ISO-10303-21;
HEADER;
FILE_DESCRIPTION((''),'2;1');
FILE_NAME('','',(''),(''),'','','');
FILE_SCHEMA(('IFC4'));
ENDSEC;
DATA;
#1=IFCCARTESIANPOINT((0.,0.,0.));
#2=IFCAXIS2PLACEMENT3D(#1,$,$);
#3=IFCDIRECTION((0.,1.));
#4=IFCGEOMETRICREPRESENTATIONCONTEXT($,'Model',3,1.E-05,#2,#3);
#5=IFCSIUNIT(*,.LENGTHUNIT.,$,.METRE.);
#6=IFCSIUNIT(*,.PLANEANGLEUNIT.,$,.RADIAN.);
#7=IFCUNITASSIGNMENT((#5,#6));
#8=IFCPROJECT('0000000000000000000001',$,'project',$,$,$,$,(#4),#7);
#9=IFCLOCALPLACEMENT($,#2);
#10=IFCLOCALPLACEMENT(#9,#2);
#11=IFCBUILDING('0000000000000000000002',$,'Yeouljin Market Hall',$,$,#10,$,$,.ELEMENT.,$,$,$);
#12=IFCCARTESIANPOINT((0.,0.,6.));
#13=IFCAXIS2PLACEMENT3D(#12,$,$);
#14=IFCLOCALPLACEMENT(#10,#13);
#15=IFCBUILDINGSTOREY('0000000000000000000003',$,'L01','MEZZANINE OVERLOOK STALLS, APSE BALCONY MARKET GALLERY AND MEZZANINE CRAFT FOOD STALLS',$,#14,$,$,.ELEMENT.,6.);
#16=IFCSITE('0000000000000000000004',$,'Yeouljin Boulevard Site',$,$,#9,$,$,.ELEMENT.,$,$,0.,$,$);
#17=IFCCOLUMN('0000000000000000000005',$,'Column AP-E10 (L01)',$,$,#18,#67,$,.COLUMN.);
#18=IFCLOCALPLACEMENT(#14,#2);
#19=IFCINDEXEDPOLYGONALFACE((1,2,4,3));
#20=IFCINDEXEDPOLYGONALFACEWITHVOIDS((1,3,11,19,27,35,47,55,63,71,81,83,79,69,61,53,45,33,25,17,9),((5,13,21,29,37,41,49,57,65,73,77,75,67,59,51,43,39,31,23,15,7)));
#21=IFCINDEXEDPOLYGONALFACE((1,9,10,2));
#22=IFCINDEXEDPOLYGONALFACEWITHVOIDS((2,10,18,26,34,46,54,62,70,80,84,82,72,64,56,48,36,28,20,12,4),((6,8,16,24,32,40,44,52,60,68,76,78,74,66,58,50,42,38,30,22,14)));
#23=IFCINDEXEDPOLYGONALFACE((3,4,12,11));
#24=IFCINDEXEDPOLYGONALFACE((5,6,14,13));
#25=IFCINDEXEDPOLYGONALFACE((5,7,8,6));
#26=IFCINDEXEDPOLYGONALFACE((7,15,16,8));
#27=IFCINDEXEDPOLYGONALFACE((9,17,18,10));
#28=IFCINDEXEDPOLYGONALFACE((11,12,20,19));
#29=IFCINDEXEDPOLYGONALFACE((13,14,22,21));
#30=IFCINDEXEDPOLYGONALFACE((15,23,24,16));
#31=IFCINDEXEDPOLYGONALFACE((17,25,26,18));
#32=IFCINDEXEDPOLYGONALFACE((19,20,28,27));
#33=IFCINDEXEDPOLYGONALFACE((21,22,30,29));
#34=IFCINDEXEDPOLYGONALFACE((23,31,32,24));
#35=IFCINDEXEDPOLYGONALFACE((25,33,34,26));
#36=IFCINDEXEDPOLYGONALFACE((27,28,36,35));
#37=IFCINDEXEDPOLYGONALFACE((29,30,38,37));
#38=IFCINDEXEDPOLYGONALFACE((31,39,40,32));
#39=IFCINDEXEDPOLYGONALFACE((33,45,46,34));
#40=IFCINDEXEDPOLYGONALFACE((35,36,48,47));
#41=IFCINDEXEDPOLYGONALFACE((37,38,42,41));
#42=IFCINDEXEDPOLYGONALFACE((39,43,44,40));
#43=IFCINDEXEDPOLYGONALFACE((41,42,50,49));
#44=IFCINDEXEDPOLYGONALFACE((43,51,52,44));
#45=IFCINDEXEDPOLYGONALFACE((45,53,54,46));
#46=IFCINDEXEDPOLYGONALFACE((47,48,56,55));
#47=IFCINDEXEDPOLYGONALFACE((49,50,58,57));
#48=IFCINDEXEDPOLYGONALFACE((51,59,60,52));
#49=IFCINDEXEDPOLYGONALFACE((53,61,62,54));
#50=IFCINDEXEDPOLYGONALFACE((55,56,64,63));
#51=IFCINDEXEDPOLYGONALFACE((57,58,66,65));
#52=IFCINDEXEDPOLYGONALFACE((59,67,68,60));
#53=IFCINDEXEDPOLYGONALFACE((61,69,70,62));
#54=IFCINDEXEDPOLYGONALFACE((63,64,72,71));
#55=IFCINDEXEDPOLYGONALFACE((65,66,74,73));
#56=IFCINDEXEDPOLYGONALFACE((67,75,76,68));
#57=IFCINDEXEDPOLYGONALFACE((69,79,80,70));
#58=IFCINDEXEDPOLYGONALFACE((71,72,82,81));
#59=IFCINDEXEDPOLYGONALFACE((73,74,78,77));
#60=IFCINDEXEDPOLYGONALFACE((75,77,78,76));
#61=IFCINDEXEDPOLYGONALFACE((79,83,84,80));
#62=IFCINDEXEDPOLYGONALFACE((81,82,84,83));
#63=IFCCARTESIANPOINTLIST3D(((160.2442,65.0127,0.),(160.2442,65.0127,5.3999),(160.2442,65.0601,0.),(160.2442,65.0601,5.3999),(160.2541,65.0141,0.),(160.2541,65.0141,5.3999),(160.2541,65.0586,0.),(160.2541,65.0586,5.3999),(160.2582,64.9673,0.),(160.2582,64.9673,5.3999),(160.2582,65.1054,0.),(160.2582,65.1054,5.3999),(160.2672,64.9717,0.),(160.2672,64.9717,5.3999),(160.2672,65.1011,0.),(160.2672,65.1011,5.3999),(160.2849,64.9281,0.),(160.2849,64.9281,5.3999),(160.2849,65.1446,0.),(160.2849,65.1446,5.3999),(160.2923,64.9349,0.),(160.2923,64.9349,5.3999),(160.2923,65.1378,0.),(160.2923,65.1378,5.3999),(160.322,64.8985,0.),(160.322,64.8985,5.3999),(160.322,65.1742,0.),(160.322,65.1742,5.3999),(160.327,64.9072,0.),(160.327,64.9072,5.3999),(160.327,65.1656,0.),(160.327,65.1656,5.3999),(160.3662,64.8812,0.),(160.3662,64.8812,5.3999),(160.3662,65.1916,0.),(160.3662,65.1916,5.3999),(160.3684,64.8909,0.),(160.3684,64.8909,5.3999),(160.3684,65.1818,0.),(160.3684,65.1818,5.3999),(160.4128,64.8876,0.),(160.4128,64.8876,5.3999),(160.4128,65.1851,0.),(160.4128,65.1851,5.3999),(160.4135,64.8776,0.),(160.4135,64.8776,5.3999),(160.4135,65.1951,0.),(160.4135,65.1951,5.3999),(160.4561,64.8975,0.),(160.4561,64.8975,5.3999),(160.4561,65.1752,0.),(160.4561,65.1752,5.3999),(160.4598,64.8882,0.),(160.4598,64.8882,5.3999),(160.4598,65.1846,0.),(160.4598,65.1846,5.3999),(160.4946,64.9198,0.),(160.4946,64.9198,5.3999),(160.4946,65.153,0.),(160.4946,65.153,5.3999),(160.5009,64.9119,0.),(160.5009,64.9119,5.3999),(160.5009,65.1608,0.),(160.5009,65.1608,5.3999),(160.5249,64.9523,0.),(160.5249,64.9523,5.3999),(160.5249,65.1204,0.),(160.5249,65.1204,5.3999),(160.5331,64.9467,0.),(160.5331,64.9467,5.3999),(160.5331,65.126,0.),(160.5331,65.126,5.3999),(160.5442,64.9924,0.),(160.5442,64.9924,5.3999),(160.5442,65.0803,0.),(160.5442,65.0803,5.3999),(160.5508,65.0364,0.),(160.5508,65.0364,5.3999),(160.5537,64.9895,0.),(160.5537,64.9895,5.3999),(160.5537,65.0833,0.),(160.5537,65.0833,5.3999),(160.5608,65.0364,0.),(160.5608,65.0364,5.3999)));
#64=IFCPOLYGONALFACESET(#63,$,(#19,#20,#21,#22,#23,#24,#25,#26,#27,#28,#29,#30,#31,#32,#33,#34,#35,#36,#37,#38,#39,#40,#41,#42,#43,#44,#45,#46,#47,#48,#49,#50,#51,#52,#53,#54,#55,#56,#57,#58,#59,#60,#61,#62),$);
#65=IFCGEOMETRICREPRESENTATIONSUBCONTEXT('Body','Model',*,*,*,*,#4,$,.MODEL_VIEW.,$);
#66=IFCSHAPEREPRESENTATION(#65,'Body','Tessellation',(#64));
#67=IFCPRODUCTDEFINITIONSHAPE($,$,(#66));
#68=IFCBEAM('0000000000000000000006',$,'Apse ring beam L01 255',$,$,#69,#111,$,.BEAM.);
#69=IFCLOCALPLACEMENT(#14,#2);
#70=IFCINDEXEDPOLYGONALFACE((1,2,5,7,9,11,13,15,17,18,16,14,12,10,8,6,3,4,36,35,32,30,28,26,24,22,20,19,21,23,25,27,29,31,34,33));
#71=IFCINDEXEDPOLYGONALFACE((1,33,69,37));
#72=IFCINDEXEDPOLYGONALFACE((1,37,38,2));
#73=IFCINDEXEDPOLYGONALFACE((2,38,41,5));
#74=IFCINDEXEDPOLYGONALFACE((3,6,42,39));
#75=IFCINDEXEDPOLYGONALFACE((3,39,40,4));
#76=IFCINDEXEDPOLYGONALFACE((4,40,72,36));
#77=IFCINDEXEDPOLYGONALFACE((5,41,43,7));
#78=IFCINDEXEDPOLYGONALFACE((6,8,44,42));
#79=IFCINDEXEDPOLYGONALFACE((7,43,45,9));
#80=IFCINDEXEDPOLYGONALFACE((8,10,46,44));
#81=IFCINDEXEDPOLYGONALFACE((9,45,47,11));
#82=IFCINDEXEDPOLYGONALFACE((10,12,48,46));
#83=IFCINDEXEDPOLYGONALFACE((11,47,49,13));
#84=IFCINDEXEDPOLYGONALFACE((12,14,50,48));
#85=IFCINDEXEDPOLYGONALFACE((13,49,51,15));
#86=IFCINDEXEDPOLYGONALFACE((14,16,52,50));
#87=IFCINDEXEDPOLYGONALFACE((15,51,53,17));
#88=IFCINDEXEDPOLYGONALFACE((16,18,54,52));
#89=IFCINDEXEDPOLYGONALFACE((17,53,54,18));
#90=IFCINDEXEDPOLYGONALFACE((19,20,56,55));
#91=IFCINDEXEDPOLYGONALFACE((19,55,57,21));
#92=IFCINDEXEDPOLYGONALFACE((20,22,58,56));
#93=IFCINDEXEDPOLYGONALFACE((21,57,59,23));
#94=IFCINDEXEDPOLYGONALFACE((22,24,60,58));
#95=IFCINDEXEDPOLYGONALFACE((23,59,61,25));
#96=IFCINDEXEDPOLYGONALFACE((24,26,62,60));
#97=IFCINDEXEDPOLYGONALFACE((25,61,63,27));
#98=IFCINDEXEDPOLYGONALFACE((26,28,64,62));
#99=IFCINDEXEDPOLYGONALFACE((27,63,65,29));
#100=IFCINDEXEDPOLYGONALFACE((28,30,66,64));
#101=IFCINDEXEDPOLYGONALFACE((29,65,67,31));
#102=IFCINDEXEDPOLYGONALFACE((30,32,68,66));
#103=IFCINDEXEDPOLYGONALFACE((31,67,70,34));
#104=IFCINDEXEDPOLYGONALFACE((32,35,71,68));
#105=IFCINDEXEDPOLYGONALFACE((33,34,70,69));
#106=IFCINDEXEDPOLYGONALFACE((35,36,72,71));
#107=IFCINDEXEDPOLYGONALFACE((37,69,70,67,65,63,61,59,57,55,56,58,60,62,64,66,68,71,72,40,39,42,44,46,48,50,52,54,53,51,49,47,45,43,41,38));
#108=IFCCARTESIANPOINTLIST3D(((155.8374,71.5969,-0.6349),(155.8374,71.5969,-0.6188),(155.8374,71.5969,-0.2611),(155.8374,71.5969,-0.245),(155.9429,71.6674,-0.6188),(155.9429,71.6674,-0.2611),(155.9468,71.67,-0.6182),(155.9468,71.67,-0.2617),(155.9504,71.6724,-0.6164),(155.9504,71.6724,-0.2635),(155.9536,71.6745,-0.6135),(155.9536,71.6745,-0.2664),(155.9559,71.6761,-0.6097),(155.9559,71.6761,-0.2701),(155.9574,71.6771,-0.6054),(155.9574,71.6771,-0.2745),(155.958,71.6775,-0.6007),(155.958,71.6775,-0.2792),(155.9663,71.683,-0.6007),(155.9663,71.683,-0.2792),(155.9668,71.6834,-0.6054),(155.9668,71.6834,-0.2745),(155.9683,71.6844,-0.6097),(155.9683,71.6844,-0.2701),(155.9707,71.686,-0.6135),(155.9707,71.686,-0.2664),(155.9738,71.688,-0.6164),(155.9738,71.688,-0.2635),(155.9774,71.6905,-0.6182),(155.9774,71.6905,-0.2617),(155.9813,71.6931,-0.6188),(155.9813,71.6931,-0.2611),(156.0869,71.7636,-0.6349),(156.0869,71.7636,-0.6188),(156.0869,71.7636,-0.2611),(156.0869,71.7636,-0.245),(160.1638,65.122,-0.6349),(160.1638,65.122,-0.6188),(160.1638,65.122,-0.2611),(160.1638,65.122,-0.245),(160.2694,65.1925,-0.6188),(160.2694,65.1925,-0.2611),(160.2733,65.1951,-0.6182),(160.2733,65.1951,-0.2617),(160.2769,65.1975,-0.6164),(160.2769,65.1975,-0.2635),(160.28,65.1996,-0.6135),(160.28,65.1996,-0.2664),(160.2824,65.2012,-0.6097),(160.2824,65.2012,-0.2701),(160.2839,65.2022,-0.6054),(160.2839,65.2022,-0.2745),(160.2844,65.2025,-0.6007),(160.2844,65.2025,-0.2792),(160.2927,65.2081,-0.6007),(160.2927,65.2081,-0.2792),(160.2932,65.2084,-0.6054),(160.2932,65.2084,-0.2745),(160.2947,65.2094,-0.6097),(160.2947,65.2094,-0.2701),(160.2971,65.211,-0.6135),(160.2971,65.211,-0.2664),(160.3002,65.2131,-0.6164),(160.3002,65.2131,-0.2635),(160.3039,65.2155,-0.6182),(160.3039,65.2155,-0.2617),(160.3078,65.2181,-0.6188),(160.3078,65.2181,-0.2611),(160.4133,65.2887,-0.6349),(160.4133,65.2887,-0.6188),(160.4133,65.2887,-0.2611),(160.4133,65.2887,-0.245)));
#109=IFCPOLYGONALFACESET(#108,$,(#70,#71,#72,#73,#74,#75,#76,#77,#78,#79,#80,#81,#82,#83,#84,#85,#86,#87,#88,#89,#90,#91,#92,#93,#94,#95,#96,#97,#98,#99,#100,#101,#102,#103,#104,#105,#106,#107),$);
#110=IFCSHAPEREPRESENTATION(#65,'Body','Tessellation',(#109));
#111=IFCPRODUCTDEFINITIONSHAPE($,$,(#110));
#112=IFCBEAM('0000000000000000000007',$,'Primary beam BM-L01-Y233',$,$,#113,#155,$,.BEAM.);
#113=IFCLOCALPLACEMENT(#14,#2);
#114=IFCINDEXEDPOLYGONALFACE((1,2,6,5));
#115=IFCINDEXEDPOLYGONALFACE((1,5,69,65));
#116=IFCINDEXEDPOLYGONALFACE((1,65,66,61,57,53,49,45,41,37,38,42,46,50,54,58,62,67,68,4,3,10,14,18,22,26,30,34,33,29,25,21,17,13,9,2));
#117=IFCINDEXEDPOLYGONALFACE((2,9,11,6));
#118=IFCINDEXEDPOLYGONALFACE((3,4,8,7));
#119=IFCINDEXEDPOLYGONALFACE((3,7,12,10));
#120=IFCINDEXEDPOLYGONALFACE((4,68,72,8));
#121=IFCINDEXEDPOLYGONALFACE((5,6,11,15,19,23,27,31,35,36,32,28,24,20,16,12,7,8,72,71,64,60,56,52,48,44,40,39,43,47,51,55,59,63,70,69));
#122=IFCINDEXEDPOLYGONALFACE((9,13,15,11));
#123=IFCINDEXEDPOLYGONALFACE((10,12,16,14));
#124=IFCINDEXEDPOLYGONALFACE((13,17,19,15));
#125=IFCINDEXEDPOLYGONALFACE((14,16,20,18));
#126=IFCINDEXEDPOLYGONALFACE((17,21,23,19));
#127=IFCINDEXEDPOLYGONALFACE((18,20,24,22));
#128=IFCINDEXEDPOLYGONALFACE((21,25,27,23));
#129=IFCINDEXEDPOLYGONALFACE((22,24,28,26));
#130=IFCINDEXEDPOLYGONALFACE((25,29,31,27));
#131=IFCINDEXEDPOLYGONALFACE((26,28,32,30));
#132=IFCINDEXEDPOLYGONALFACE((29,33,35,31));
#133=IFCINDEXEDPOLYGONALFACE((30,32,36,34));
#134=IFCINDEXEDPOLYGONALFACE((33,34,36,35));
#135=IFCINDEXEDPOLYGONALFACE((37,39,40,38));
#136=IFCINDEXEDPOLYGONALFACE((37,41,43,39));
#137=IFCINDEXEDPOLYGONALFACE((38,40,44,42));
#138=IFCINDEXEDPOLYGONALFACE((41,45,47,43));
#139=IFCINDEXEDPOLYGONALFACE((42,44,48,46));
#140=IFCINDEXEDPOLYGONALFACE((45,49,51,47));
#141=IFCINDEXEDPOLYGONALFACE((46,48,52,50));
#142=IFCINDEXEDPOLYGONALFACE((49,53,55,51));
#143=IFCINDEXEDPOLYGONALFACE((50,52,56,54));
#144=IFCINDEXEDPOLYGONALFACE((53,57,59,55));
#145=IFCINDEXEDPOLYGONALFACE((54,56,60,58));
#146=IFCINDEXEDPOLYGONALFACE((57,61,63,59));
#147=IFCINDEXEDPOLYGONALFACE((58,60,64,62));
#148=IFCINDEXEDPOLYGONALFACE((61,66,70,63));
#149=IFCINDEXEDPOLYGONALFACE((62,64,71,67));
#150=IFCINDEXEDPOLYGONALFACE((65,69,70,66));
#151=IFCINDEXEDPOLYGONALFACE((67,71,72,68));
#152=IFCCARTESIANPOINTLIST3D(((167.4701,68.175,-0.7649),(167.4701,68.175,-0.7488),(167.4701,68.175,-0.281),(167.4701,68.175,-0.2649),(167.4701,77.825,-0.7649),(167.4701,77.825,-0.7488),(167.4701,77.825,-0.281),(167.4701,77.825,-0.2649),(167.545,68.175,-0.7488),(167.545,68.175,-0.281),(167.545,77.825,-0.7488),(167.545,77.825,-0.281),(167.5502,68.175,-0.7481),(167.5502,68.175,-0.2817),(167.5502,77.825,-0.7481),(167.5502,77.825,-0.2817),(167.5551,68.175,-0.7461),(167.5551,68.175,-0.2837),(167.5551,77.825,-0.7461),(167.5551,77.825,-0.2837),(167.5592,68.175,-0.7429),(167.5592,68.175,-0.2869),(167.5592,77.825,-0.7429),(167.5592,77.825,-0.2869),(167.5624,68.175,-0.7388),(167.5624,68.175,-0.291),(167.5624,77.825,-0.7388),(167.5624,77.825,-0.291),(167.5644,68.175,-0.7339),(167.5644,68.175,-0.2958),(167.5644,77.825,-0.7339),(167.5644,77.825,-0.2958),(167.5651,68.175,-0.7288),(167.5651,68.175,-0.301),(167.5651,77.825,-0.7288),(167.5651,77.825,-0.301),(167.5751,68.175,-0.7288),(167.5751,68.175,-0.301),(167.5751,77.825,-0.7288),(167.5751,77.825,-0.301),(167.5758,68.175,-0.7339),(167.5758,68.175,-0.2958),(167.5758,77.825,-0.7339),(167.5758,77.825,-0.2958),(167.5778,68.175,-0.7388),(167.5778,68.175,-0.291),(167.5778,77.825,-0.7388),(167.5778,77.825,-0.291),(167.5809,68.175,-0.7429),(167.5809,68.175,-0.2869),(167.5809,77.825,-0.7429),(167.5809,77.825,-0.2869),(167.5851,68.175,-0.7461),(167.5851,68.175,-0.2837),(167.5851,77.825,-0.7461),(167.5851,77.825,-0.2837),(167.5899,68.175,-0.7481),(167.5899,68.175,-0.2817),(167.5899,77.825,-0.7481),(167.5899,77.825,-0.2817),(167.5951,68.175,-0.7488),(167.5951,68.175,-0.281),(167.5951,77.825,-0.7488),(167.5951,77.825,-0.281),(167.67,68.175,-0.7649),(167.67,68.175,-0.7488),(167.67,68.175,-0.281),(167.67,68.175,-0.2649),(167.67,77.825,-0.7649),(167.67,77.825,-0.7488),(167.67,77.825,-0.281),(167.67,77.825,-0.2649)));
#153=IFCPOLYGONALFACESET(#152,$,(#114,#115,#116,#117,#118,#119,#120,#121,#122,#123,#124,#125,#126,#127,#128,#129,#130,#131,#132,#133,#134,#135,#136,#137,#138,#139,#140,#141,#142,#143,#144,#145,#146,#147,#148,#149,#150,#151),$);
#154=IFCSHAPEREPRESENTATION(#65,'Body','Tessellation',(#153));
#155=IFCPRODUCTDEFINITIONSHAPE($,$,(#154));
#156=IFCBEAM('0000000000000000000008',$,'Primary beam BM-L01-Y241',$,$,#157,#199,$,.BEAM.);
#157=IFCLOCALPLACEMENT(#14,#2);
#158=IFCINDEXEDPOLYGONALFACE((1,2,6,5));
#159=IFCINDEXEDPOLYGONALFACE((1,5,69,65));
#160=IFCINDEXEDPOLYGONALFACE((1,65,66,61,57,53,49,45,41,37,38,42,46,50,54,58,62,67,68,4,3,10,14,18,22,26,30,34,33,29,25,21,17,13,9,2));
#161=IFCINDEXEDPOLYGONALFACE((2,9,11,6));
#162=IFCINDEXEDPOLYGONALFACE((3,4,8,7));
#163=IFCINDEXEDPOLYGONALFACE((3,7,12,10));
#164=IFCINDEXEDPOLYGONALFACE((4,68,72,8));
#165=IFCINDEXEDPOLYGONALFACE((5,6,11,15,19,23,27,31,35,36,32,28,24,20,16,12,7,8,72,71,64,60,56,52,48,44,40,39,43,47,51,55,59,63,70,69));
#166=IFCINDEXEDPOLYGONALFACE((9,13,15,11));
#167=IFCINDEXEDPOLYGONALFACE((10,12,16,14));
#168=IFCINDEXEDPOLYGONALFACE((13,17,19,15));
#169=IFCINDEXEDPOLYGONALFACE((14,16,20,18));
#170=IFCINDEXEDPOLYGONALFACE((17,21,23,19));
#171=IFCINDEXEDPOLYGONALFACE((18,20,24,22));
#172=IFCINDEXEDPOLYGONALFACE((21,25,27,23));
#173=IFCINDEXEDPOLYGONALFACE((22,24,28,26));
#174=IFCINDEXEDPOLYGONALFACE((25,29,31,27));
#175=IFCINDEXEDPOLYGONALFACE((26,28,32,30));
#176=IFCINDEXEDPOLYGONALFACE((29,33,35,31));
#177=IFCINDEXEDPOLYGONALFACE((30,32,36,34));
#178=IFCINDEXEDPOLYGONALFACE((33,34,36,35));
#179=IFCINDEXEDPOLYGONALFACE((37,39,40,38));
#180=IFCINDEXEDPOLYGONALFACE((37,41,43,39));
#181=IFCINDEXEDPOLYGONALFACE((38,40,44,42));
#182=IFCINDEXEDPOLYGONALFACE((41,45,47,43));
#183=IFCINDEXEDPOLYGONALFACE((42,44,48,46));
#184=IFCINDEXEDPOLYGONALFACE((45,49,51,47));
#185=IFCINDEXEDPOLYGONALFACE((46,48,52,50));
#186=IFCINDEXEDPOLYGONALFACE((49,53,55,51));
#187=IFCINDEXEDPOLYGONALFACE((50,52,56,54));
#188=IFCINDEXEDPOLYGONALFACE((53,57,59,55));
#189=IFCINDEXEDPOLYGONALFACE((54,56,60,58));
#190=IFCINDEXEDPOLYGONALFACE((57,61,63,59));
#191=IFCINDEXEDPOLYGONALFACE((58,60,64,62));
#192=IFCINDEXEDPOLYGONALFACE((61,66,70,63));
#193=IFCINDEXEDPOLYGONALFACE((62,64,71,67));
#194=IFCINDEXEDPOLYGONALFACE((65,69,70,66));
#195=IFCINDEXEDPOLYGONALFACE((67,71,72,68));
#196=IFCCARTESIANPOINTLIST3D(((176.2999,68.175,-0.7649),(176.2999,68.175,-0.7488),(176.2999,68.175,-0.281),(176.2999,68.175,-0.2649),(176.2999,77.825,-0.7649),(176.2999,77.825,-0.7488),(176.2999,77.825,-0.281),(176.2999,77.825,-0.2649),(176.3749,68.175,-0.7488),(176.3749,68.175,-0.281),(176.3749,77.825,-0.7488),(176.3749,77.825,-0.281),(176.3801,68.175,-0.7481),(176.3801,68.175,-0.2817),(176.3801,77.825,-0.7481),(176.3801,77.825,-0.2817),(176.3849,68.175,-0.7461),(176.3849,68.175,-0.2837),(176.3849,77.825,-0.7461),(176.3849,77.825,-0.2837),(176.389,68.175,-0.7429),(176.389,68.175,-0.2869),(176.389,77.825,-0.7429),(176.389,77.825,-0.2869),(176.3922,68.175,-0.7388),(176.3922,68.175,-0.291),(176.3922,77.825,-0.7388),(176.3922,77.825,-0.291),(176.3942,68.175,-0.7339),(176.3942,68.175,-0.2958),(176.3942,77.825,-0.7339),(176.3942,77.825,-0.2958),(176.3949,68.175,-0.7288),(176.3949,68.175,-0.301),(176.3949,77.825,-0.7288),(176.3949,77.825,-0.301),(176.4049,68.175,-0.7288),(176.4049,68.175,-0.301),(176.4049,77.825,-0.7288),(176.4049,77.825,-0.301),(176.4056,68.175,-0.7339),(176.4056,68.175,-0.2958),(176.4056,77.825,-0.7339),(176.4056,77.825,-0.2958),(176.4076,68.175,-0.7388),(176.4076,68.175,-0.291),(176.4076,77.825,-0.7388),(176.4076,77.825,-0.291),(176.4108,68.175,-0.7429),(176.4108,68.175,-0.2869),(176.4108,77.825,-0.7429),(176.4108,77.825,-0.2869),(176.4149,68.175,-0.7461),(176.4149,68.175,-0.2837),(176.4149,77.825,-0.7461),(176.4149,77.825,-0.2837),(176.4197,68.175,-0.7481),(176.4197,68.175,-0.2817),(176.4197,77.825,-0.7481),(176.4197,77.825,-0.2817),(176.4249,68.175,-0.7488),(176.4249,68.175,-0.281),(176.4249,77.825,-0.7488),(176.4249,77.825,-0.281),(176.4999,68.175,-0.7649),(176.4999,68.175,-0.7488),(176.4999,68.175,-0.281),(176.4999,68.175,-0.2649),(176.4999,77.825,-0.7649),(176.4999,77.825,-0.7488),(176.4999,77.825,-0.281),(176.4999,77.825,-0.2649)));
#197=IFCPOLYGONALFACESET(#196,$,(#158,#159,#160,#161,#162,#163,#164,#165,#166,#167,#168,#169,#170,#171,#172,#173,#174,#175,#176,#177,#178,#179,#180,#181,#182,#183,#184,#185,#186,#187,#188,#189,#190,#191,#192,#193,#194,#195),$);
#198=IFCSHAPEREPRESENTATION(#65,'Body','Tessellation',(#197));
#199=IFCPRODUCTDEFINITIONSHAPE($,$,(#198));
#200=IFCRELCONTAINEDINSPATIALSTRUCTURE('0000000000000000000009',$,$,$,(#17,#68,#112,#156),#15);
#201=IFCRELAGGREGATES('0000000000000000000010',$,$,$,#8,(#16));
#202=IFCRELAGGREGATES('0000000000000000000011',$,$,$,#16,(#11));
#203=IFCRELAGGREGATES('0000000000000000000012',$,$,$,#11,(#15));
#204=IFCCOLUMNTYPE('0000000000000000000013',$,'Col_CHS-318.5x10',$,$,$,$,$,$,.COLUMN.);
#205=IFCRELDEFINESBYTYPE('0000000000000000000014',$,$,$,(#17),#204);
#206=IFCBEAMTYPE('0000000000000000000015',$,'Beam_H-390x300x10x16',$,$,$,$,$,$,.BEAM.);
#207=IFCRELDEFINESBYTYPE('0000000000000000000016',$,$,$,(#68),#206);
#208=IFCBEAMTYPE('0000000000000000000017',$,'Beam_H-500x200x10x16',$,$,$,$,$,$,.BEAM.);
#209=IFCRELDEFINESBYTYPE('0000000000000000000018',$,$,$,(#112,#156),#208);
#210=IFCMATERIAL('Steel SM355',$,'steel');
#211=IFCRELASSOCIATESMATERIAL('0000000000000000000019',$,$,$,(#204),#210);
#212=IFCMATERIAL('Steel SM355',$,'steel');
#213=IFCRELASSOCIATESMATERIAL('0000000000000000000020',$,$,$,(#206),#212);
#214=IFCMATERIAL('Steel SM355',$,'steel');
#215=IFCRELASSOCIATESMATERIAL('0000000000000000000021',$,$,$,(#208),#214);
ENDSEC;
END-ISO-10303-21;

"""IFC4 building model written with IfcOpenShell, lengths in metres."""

from ifc_helpers import new_model, si_unit, direction, frame, origin, origin_2d, place, context, subcontext, project, spatial, hollow_circle, i_section, extrude, material, material_profile, profile_set, type_object, element, save


model = new_model("IFC4")

# Units and contexts
model_context = context("Model", 3, precision=1e-05, world=origin(), true_north=direction((0.0, 1.0)))
body_context = subcontext(model_context, "Body", "Model", "MODEL_VIEW")
ifc_project = project(units=[si_unit("LENGTHUNIT", "METRE"), si_unit("PLANEANGLEUNIT", "RADIAN")], contexts=[model_context])

# Site, building, storey
site_placement = place(None, origin())
site = spatial("IfcSite", under=ifc_project, at=site_placement, Name="Yeouljin Boulevard Site", CompositionType="ELEMENT", RefElevation=0.0)
building_placement = place(site_placement, origin())
building = spatial("IfcBuilding", under=site, at=building_placement, Name="Yeouljin Market Hall", CompositionType="ELEMENT")
storey_placement = place(building_placement, frame((0.0, 0.0, 6.0)))
storey = spatial("IfcBuildingStorey", under=building, at=storey_placement, Name="L01", Description="MEZZANINE OVERLOOK STALLS, APSE BALCONY MARKET GALLERY AND MEZZANINE CRAFT FOOD STALLS", CompositionType="ELEMENT", Elevation=6.0)

# Column
ifc_material_1 = material(Name="Steel SM355", Category="steel")
ifc_material_profile_1 = material_profile(ifc_material_1, hollow_circle(Radius=0.1592, WallThickness=0.01, at=origin_2d()), Name="CHS-318.5x10")
ifc_profile_set_1 = profile_set([ifc_material_profile_1], Name="Steel SM355")
column_type = type_object("IfcColumnType", Name="Col_CHS-318.5x10", PredefinedType="COLUMN", material=ifc_profile_set_1)
column_placement = place(storey_placement, frame((160.4016, 65.0364, 0.0), z_axis=(0.0, 0.0, 1.0), x_axis=(1.0, 0.0, 0.0)))
element("IfcColumn", 1, at=column_placement, inside=storey, type_object=column_type, Name="Column AP-E10 (L01)", PredefinedType="COLUMN", context=body_context, shape_type="SweptSolid", body=[
    extrude(hollow_circle(Radius=0.1592, WallThickness=0.01, at=origin_2d()), origin(), (0.0, 0.0, 1.0), 5.3999),
])

# Beams
ifc_material_2 = material(Name="Steel SM355", Category="steel")
ifc_material_profile_2 = material_profile(ifc_material_2, i_section(OverallWidth=0.3, OverallDepth=0.3899, WebThickness=0.01, FlangeThickness=0.0161, FilletRadius=0.0181, at=origin_2d()), Name="H-390x300x10x16")
ifc_profile_set_2 = profile_set([ifc_material_profile_2], Name="Steel SM355")
beam_type_1 = type_object("IfcBeamType", Name="Beam_H-390x300x10x16", PredefinedType="BEAM", material=ifc_profile_set_2)
beam_1_placement = place(storey_placement, frame((160.2886, 65.2053, -0.4399), z_axis=(-0.555575, 0.831466, 0.0), x_axis=(-0.831466, -0.555575, 0.0)))
element("IfcBeam", 2, at=beam_1_placement, inside=storey, type_object=beam_type_1, Name="Apse ring beam L01 255", PredefinedType="BEAM", context=body_context, shape_type="SweptSolid", body=[
    extrude(i_section(OverallWidth=0.3, OverallDepth=0.3899, WebThickness=0.01, FlangeThickness=0.0161, FilletRadius=0.0181, at=origin_2d()), origin(), (0.0, 0.0, 1.0), 7.7874),
])
ifc_material_3 = material(Name="Steel SM355", Category="steel")
ifc_material_profile_3 = material_profile(ifc_material_3, i_section(OverallWidth=0.2, OverallDepth=0.5, WebThickness=0.01, FlangeThickness=0.0161, FilletRadius=0.02, at=origin_2d()), Name="H-500x200x10x16")
ifc_profile_set_3 = profile_set([ifc_material_profile_3], Name="Steel SM355")
beam_type_2 = type_object("IfcBeamType", Name="Beam_H-500x200x10x16", PredefinedType="BEAM", material=ifc_profile_set_3)
for number, where, z_axis, x_axis, name in (
    (3, (167.5701, 68.175, -0.5149), (0.0, 1.0, 0.0), (-1.0, 0.0, 0.0), "Primary beam BM-L01-Y233"),
    (4, (176.3999, 68.175, -0.5149), (0.0, 1.0, 0.0), (-1.0, 0.0, 0.0), "Primary beam BM-L01-Y241"),
):
    element("IfcBeam", number, at=place(storey_placement, frame(where, z_axis=z_axis, x_axis=x_axis)), inside=storey, type_object=beam_type_2, Name=name, PredefinedType="BEAM", context=body_context, shape_type="SweptSolid", body=[
        extrude(i_section(OverallWidth=0.2, OverallDepth=0.5, WebThickness=0.01, FlangeThickness=0.0161, FilletRadius=0.02, at=origin_2d()), origin(), (0.0, 0.0, 1.0), 9.6499),
    ])

save(model, "model.ifc")
